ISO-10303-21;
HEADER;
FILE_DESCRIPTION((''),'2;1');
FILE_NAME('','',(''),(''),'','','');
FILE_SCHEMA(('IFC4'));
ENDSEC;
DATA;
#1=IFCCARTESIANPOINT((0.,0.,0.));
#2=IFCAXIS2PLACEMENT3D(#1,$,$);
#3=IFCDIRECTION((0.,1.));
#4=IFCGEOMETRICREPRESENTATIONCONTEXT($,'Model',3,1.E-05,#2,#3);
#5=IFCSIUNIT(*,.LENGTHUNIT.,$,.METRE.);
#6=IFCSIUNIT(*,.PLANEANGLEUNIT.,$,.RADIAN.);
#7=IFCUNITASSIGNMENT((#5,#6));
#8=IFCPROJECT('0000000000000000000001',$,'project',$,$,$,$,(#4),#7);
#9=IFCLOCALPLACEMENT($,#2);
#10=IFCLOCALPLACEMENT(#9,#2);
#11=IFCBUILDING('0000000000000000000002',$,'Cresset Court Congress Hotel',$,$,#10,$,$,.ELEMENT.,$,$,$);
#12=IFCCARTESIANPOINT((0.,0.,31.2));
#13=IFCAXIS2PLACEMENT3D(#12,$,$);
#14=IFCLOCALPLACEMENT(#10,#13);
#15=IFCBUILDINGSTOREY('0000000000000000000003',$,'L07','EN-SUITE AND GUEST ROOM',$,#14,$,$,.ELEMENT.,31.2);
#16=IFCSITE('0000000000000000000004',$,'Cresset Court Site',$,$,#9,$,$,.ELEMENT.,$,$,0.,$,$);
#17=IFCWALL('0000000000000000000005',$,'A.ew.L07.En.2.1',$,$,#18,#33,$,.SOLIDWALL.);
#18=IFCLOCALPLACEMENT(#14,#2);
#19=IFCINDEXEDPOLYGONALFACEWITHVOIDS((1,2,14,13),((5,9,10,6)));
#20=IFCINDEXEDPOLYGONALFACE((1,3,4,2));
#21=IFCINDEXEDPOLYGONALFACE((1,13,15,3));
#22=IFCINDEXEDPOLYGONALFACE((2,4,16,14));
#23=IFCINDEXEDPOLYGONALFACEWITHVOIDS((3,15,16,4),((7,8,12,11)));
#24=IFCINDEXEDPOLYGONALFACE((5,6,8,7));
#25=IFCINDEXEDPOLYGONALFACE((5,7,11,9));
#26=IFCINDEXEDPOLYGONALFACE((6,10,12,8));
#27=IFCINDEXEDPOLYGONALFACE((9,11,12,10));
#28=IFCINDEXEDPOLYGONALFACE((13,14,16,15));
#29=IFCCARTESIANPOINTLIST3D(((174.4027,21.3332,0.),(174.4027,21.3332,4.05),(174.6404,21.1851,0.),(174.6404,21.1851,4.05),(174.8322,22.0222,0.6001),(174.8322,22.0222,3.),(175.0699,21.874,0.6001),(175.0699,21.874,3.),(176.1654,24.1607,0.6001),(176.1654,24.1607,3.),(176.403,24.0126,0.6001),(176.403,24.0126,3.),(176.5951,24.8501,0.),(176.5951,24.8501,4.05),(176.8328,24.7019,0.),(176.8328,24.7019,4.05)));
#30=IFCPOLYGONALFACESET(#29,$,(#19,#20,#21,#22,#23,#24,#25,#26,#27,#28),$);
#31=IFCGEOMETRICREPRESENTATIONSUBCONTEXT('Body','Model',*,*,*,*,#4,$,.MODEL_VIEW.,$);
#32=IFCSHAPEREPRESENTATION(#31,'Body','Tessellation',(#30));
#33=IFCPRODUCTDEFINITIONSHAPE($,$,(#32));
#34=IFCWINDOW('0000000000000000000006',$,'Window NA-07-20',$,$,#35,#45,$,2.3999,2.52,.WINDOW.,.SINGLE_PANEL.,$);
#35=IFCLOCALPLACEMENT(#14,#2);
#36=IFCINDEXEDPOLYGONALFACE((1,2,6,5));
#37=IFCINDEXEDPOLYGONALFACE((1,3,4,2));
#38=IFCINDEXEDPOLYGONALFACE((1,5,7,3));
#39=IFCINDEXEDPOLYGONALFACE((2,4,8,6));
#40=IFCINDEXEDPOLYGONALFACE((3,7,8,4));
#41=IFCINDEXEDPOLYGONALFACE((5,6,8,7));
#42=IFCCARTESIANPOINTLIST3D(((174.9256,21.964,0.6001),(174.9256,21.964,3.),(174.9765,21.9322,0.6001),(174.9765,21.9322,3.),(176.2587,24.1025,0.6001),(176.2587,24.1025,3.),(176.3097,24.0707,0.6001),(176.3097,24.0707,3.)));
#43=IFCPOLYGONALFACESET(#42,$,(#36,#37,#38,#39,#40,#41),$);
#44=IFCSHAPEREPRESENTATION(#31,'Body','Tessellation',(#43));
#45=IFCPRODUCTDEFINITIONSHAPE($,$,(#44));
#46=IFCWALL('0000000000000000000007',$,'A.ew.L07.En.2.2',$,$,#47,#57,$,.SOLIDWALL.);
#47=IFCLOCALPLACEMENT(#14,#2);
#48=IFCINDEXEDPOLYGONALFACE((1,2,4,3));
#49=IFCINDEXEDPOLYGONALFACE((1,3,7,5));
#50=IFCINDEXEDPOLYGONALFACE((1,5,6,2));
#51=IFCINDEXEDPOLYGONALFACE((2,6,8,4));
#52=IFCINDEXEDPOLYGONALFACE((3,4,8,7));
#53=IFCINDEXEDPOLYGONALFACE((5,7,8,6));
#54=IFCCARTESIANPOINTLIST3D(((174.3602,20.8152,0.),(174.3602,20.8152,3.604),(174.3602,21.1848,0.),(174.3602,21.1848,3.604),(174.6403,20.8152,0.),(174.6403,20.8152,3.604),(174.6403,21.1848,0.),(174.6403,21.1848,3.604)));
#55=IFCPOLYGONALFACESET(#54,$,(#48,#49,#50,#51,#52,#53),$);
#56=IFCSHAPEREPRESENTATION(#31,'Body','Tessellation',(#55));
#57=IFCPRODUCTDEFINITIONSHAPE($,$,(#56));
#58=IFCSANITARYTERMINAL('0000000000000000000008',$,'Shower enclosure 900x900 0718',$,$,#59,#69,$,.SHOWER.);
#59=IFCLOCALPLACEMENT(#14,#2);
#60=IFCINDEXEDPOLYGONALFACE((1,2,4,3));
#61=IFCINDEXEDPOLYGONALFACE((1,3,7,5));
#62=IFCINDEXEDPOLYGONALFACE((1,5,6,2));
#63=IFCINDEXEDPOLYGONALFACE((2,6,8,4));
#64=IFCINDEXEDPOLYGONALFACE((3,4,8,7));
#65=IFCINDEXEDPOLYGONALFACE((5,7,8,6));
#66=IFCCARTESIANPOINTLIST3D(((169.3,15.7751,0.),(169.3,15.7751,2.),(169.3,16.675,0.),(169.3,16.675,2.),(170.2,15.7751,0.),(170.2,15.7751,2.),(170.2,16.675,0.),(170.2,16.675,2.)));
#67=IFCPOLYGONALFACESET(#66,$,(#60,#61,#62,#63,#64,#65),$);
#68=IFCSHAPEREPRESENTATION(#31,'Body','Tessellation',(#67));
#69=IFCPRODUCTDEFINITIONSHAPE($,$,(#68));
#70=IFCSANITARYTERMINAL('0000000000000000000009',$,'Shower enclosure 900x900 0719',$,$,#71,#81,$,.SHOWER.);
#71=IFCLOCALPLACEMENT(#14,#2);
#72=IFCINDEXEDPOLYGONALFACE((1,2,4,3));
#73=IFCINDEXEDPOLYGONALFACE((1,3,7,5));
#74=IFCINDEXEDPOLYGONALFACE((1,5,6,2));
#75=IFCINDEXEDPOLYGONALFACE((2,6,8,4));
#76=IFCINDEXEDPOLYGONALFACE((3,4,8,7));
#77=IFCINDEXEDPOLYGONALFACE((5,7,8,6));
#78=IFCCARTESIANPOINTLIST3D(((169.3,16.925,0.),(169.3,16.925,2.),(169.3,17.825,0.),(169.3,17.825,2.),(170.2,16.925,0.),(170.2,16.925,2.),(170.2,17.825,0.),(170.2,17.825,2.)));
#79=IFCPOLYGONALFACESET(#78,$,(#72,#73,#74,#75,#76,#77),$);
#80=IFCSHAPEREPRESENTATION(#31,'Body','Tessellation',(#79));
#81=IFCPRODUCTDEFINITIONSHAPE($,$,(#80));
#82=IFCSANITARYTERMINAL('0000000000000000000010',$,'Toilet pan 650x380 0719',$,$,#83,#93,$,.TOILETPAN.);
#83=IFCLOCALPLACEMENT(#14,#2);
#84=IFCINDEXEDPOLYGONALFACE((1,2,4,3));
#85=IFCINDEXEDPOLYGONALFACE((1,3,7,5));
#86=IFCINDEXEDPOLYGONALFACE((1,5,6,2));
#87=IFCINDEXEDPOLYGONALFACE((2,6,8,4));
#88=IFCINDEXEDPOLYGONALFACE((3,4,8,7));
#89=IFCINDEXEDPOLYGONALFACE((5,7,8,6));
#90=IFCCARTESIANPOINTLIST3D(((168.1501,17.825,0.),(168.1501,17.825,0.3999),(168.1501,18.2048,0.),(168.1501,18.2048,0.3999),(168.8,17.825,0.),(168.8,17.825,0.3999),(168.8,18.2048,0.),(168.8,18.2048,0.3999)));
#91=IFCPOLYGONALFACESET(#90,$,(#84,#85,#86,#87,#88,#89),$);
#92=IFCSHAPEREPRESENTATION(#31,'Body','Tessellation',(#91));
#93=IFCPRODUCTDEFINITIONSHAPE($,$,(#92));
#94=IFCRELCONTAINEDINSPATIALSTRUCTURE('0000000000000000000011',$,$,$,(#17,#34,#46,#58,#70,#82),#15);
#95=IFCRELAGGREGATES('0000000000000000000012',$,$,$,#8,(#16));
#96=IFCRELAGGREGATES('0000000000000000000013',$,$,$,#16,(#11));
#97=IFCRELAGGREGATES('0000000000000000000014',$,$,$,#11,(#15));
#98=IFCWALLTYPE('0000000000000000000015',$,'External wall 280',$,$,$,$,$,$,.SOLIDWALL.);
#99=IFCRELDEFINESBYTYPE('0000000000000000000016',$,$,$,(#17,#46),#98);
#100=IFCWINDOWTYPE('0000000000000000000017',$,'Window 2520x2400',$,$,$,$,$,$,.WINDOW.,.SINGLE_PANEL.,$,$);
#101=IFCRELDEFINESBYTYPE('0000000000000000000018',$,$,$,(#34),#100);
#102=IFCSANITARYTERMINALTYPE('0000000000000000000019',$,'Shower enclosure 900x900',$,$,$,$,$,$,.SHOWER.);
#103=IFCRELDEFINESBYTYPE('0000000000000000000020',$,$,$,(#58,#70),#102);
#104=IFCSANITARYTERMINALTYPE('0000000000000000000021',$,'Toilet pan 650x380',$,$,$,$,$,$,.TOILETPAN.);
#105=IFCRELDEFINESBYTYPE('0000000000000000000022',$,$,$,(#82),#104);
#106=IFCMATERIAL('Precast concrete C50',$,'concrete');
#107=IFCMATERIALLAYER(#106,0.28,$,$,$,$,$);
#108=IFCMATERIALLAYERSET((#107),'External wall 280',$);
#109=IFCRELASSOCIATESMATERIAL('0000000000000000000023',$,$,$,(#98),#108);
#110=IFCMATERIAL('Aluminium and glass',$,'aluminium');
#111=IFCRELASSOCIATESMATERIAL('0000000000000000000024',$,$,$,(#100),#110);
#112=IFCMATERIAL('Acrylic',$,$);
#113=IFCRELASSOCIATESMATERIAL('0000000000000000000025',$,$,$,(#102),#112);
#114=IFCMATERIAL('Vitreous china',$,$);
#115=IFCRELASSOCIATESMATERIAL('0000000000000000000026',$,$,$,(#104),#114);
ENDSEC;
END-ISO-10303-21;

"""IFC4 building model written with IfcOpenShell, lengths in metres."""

from ifc_helpers import new_model, si_unit, direction, frame, frame_2d, origin, origin_2d, place, context, subcontext, project, spatial, rectangle, extrude, material, layer, layer_set, type_object, element, fill, save


model = new_model("IFC4")

# Units and contexts
model_context = context("Model", 3, precision=1e-05, world=origin(), true_north=direction((0.0, 1.0)))
body_context = subcontext(model_context, "Body", "Model", "MODEL_VIEW")
ifc_project = project(units=[si_unit("LENGTHUNIT", "METRE"), si_unit("PLANEANGLEUNIT", "RADIAN")], contexts=[model_context])

# Site, building, storey
site_placement = place(None, origin())
site = spatial("IfcSite", under=ifc_project, at=site_placement, Name="Cresset Court Site", CompositionType="ELEMENT", RefElevation=0.0)
building_placement = place(site_placement, origin())
building = spatial("IfcBuilding", under=site, at=building_placement, Name="Cresset Court Congress Hotel", CompositionType="ELEMENT")
storey_placement = place(building_placement, frame((0.0, 0.0, 31.2)))
storey = spatial("IfcBuildingStorey", under=building, at=storey_placement, Name="L07", Description="EN-SUITE AND GUEST ROOM", CompositionType="ELEMENT", Elevation=31.2)

# Shared definitions
ifc_material_1 = material(Name="Precast concrete C50", Category="concrete")
ifc_layer_1 = layer(ifc_material_1, 0.28)
ifc_layer_set_1 = layer_set([ifc_layer_1], Name="External wall 280")
wall_type_1 = type_object("IfcWallType", Name="External wall 280", PredefinedType="SOLIDWALL", material=ifc_layer_set_1)
ifc_material_2 = material(Name="Aluminium and glass", Category="aluminium")
window_type = type_object("IfcWindowType", Name="Window 2520x2400", PartitioningType="SINGLE_PANEL", PredefinedType="WINDOW", material=ifc_material_2)

# Wall, opening, window
wall_1_placement = place(storey_placement, frame((174.5215, 21.259, 0.0), z_axis=(0.0, 0.0, 1.0), x_axis=(0.529019, 0.84861, 0.0)))
wall_1 = element("IfcWall", 1, at=wall_1_placement, inside=storey, type_object=wall_type_1, Name="A.ew.L07.En.2.1", PredefinedType="SOLIDWALL", context=body_context, shape_type="SweptSolid", body=[
    extrude(rectangle(XDim=4.1443, YDim=0.28, at=frame_2d((2.0723, 0.0))), origin(), (0.0, 0.0, 1.0), 4.05),
])
opening_1_placement = place(wall_1_placement, frame((0.812, 0.0, 0.6001)))
opening_1 = element("IfcOpeningElement", 2, at=opening_1_placement, cuts=wall_1, PredefinedType="OPENING", context=body_context, shape_type="SweptSolid", body=[
    extrude(rectangle(XDim=2.52, YDim=2.3999, at=frame_2d((1.26, 1.2))), frame((0.0, 0.1499, 0.0), z_axis=(0.0, -1.0, 0.0), x_axis=(1.0, 0.0, 0.0)), (0.0, 0.0, 1.0), 0.3),
])
window_1_placement = place(opening_1_placement, origin())
window_1 = element("IfcWindow", 3, at=window_1_placement, inside=storey, type_object=window_type, Name="Window NA-07-20", OverallHeight=2.3999, OverallWidth=2.52, PartitioningType="SINGLE_PANEL", PredefinedType="WINDOW", context=body_context, shape_type="SweptSolid", body=[
    extrude(rectangle(XDim=2.52, YDim=2.3999, at=frame_2d((1.26, 1.2))), frame((0.0, 0.03, 0.0), z_axis=(0.0, -1.0, 0.0), x_axis=(1.0, 0.0, 0.0)), (0.0, 0.0, 1.0), 0.0601),
])
fill(opening_1, window_1)

# Wall
wall_2_placement = place(storey_placement, frame((174.5002, 20.8152, 0.0), z_axis=(0.0, 0.0, 1.0), x_axis=(0.0, 1.0, 0.0)))
element("IfcWall", 4, at=wall_2_placement, inside=storey, type_object=wall_type_1, Name="A.ew.L07.En.2.2", PredefinedType="SOLIDWALL", context=body_context, shape_type="SweptSolid", body=[
    extrude(rectangle(XDim=0.3696, YDim=0.28, at=frame_2d((0.1848, 0.0))), origin(), (0.0, 0.0, 1.0), 3.604),
])

# Sanitary terminals
ifc_material_3 = material(Name="Acrylic")
sanitary_terminal_type_1 = type_object("IfcSanitaryTerminalType", Name="Shower enclosure 900x900", PredefinedType="SHOWER", material=ifc_material_3)
for number, where, z_axis, x_axis, name in (
    (5, (169.75, 16.2251, 0.0), (0.0, 0.0, 1.0), (1.0, 0.0, 0.0), "Shower enclosure 900x900 0718"),
    (6, (169.75, 17.375, 0.0), (0.0, 0.0, 1.0), (1.0, 0.0, 0.0), "Shower enclosure 900x900 0719"),
):
    element("IfcSanitaryTerminal", number, at=place(storey_placement, frame(where, z_axis=z_axis, x_axis=x_axis)), inside=storey, type_object=sanitary_terminal_type_1, Name=name, PredefinedType="SHOWER", context=body_context, shape_type="SweptSolid", body=[
        extrude(rectangle(XDim=0.8999, YDim=0.8999, at=origin_2d()), origin(), (0.0, 0.0, 1.0), 2.0),
    ])
ifc_material_4 = material(Name="Vitreous china")
sanitary_terminal_type_2 = type_object("IfcSanitaryTerminalType", Name="Toilet pan 650x380", PredefinedType="TOILETPAN", material=ifc_material_4)
sanitary_terminal_placement = place(storey_placement, frame((168.4751, 18.0149, 0.0), z_axis=(0.0, 0.0, 1.0), x_axis=(1.0, 0.0, 0.0)))
element("IfcSanitaryTerminal", 7, at=sanitary_terminal_placement, inside=storey, type_object=sanitary_terminal_type_2, Name="Toilet pan 650x380 0719", PredefinedType="TOILETPAN", context=body_context, shape_type="SweptSolid", body=[
    extrude(rectangle(XDim=0.6499, YDim=0.3799, at=origin_2d()), origin(), (0.0, 0.0, 1.0), 0.3999),
])

save(model, "model.ifc")
